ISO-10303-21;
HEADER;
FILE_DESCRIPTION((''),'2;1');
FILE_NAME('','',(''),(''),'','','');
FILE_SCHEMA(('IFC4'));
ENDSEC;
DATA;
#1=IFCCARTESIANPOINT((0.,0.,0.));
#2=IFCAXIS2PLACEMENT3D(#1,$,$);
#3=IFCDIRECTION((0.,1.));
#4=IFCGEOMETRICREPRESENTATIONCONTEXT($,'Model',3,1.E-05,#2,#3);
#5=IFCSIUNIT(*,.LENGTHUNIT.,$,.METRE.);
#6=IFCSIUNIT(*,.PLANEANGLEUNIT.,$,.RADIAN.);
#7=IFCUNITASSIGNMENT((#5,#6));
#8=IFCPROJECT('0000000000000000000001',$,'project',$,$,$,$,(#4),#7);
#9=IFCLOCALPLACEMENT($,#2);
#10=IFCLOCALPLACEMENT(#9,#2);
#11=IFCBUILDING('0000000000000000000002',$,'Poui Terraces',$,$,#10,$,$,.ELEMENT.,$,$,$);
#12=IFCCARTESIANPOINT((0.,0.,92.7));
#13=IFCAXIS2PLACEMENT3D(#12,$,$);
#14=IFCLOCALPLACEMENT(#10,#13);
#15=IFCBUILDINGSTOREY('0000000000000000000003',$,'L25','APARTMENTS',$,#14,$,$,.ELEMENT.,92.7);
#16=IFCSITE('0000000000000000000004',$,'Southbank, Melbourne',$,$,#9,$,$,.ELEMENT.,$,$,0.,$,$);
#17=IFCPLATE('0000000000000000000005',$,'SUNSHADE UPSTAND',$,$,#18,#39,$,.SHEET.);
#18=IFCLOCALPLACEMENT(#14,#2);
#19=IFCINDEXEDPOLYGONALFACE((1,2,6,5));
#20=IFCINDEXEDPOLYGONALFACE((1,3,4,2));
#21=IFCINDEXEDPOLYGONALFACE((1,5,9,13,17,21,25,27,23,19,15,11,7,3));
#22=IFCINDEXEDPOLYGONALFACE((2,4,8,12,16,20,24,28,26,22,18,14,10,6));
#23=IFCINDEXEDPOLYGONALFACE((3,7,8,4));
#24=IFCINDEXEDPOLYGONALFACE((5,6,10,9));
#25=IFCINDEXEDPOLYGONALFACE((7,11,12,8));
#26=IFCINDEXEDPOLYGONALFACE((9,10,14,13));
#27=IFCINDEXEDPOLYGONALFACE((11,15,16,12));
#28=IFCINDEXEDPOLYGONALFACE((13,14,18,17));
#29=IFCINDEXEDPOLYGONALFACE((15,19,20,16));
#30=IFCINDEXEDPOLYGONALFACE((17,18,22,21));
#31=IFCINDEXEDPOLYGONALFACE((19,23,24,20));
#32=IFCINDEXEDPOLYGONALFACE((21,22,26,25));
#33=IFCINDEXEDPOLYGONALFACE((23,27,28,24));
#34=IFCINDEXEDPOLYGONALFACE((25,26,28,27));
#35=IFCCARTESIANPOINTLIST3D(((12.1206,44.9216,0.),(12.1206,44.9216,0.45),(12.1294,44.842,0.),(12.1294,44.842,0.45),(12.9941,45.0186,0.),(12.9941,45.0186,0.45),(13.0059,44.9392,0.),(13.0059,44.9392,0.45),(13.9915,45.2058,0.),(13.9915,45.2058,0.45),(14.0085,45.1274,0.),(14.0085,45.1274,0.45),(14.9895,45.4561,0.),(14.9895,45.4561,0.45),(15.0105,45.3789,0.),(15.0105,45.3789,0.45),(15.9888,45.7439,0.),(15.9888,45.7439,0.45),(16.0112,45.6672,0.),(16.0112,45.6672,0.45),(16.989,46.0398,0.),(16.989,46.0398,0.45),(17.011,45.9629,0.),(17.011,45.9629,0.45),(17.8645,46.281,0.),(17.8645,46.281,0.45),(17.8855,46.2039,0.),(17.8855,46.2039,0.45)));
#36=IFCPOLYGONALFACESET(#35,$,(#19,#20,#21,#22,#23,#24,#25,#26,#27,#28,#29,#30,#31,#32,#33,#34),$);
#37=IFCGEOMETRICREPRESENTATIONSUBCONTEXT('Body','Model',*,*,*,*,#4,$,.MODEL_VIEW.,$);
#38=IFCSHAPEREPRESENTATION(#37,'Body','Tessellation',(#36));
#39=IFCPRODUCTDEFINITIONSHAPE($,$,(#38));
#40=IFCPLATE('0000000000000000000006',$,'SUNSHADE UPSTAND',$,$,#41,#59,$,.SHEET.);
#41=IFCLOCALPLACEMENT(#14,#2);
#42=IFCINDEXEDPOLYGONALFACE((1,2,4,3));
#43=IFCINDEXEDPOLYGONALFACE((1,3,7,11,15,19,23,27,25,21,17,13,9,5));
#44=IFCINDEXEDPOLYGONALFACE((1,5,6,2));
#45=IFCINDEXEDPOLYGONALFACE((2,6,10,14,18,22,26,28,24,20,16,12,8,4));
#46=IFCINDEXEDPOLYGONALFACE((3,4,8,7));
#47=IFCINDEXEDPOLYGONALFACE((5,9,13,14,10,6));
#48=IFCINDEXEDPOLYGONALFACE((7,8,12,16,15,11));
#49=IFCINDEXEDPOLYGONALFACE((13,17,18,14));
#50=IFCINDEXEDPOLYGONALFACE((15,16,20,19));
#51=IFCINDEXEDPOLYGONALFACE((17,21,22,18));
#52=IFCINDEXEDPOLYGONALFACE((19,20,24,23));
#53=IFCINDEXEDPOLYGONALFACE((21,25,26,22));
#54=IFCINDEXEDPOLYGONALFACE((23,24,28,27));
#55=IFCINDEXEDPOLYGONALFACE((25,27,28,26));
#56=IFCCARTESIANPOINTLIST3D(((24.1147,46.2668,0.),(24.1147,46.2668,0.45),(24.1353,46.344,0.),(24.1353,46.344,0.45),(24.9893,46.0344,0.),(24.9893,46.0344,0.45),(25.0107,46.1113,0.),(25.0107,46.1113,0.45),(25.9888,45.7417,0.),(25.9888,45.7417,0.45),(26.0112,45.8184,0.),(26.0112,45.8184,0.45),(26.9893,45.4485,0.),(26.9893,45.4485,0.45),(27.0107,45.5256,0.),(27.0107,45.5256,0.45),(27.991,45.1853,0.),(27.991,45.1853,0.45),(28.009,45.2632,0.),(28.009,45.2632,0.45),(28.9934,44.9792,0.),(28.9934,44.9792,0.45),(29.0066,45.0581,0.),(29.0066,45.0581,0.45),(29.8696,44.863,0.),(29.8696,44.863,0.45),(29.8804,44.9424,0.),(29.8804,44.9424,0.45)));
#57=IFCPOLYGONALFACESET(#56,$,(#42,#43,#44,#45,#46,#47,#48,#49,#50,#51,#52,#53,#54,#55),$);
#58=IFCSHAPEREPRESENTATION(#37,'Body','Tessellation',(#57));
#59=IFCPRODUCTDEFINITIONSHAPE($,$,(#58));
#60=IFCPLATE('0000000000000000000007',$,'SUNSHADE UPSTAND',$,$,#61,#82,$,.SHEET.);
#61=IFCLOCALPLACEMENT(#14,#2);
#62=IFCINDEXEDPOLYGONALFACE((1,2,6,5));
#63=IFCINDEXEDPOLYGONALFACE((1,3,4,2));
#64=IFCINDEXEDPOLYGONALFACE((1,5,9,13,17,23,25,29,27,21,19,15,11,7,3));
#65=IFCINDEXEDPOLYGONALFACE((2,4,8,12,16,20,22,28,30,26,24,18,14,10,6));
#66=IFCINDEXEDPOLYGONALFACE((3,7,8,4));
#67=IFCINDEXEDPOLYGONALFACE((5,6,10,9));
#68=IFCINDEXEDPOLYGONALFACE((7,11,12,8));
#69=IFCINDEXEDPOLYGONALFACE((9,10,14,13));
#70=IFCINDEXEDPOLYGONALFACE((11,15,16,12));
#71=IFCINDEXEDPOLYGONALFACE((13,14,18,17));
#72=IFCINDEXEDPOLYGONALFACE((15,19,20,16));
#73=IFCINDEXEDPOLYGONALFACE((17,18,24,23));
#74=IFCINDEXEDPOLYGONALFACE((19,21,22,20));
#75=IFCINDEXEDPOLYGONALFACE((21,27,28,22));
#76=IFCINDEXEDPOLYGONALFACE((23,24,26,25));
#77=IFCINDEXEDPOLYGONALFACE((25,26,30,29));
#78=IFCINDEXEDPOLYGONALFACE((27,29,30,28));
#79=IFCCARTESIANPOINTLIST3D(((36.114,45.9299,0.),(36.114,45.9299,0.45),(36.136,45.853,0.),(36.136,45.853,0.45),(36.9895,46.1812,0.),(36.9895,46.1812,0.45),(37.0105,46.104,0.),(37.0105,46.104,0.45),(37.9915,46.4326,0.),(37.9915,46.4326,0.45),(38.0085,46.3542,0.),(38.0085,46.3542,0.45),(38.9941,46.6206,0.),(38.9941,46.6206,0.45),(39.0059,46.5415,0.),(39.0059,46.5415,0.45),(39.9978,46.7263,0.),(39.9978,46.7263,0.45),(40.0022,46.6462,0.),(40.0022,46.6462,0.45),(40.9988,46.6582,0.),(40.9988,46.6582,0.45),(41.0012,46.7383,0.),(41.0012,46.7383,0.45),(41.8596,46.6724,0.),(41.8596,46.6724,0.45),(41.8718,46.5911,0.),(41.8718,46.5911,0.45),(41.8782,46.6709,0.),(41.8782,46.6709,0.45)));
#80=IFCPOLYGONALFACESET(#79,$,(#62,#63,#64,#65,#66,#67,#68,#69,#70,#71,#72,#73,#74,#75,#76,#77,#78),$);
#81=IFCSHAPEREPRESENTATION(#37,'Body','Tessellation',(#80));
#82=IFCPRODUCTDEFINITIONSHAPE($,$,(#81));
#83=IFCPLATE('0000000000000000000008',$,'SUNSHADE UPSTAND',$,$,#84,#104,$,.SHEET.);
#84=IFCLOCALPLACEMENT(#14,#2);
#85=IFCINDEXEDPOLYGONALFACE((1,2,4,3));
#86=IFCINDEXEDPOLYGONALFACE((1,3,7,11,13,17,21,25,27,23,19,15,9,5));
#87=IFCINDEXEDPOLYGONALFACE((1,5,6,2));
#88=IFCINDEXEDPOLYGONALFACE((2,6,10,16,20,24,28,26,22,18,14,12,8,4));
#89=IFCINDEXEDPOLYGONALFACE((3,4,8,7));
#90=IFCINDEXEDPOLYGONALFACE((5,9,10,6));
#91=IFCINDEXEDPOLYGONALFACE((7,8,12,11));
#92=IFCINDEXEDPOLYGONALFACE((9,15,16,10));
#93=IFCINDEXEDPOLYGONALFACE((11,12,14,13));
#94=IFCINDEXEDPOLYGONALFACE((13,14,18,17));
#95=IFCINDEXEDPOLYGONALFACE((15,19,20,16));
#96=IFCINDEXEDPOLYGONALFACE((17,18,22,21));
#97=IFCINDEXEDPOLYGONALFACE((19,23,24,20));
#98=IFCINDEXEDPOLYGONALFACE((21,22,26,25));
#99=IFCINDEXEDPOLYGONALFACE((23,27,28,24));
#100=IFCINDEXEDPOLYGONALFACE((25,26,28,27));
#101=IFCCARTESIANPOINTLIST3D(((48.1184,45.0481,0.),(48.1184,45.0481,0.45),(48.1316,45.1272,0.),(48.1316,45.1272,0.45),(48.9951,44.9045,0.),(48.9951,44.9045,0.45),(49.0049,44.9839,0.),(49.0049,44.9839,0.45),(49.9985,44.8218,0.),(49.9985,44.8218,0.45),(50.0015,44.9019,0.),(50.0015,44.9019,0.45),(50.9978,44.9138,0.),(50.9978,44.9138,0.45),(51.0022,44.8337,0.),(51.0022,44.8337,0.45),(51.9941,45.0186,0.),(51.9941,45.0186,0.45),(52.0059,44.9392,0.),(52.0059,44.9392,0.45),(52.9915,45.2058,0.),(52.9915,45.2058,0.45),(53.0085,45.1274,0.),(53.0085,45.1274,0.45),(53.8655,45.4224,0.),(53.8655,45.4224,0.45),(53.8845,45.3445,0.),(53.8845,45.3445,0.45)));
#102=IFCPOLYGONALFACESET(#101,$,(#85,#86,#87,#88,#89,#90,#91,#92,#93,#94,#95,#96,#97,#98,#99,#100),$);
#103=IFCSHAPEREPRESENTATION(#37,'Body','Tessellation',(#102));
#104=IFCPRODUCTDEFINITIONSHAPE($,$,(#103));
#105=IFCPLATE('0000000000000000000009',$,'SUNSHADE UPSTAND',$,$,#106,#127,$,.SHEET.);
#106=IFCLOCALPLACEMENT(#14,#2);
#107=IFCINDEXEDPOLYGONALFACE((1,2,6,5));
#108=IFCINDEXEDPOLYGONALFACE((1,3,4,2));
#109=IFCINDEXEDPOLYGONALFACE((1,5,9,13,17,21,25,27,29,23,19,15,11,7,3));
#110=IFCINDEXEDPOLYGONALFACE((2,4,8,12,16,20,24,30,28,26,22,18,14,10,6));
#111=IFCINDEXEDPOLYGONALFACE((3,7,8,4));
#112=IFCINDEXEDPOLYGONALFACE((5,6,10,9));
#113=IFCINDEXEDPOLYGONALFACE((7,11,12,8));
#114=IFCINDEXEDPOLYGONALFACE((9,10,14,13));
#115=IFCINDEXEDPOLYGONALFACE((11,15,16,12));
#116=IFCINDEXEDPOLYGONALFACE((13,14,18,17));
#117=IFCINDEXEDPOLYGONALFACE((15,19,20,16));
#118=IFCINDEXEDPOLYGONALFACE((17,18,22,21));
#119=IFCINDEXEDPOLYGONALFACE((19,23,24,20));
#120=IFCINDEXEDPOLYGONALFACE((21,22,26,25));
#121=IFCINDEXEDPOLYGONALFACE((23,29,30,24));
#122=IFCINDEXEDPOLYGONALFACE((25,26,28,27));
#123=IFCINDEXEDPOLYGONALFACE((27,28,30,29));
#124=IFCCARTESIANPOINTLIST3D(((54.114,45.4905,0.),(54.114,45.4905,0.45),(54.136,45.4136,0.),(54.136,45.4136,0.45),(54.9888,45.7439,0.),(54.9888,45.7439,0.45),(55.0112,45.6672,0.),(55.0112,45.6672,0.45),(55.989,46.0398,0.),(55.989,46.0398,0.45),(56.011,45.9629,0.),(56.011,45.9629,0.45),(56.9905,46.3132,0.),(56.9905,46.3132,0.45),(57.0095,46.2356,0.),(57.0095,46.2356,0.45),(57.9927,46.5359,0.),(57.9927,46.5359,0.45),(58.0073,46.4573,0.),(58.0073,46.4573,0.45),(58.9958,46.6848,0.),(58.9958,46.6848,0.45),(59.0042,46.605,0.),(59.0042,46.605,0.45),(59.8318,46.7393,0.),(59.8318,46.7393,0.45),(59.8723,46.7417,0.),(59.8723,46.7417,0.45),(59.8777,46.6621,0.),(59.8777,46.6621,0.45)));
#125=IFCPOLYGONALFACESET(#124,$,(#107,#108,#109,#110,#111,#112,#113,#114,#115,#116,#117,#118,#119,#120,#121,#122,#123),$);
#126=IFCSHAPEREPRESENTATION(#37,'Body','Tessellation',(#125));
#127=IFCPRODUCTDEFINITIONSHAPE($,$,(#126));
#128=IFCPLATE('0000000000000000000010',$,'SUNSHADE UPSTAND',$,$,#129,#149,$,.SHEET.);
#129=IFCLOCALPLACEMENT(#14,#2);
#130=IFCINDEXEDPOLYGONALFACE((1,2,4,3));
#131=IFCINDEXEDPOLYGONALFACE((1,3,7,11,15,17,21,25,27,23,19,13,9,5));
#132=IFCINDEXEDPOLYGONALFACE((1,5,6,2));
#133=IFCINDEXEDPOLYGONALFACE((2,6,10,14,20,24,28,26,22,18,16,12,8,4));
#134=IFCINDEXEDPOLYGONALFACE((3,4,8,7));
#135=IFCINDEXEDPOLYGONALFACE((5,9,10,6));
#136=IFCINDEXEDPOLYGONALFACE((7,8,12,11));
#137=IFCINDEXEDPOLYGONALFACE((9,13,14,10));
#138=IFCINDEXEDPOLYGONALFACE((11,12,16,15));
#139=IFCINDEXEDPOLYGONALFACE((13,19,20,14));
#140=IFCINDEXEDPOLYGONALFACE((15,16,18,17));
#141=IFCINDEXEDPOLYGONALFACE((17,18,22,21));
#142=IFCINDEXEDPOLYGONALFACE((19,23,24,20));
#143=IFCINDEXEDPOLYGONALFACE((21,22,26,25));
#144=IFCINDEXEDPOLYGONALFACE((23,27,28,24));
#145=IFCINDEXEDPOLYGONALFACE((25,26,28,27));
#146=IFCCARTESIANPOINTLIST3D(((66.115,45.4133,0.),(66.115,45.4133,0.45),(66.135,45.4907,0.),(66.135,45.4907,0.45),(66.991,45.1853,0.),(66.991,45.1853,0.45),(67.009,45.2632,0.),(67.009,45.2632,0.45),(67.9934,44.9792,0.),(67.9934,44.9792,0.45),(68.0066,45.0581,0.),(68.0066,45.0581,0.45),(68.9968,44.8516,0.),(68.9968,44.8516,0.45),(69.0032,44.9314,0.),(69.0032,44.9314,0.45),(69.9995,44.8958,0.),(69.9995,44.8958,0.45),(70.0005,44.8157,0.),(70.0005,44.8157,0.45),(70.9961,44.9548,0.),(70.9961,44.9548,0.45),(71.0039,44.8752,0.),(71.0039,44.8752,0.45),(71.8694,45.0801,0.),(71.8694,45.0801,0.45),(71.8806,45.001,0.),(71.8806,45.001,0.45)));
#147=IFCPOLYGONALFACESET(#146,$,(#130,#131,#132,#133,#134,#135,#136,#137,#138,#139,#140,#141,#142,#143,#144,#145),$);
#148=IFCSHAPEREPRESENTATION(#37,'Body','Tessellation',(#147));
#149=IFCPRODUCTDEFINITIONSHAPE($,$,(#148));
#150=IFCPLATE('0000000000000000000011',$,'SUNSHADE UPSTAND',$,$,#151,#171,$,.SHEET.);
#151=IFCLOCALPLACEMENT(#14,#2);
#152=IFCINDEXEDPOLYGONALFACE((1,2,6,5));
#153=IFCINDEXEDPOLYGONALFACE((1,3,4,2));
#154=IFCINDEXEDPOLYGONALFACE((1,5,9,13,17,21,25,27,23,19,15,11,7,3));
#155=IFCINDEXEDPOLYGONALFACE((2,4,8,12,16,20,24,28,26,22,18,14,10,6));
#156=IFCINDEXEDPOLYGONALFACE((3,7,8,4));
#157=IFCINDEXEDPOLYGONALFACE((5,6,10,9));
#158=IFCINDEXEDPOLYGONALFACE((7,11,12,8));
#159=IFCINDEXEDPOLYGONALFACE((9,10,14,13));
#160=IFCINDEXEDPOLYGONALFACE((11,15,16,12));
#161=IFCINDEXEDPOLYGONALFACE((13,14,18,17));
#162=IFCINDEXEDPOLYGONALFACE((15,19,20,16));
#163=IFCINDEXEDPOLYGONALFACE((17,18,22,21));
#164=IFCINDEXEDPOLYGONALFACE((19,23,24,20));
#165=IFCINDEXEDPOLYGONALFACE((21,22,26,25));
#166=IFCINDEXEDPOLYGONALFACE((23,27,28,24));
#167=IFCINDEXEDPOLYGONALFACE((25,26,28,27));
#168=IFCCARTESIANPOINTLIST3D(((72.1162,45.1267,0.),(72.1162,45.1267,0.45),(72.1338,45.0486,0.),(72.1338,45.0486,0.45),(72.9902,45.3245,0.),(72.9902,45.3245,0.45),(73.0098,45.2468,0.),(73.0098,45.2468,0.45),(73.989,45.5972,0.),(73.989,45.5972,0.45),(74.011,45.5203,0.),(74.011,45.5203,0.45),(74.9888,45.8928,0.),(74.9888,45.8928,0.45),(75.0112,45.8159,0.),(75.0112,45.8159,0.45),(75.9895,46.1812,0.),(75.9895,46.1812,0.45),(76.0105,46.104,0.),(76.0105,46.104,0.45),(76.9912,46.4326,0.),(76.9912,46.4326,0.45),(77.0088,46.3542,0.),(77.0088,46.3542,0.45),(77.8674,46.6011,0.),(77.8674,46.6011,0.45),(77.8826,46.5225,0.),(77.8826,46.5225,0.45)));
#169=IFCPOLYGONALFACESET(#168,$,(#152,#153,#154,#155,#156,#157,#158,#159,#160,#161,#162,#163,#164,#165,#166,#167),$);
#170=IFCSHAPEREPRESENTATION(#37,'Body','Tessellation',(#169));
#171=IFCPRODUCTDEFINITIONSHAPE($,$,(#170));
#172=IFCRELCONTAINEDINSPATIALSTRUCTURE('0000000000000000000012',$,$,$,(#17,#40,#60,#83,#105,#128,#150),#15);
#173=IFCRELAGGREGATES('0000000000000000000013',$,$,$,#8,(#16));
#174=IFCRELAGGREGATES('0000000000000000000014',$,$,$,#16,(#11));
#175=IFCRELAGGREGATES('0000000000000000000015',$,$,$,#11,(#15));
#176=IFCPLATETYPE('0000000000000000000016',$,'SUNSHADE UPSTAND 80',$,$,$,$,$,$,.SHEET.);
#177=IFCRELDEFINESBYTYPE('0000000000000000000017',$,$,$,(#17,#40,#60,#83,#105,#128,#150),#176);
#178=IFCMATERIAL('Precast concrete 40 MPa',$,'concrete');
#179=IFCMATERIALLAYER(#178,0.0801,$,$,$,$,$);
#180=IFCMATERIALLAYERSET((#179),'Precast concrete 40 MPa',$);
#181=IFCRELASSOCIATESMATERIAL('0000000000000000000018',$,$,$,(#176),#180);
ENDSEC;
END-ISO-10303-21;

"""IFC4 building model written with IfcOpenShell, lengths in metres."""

from ifc_helpers import new_model, si_unit, direction, frame, origin, place, context, subcontext, project, spatial, polyline, outline, extrude, material, layer, layer_set, type_object, element, save


model = new_model("IFC4")

# Units and contexts
model_context = context("Model", 3, precision=1e-05, world=origin(), true_north=direction((0.0, 1.0)))
body_context = subcontext(model_context, "Body", "Model", "MODEL_VIEW")
ifc_project = project(units=[si_unit("LENGTHUNIT", "METRE"), si_unit("PLANEANGLEUNIT", "RADIAN")], contexts=[model_context])

# Site, building, storey
site_placement = place(None, origin())
site = spatial("IfcSite", under=ifc_project, at=site_placement, Name="Southbank, Melbourne", CompositionType="ELEMENT", RefElevation=0.0)
building_placement = place(site_placement, origin())
building = spatial("IfcBuilding", under=site, at=building_placement, Name="Poui Terraces", CompositionType="ELEMENT")
storey_placement = place(building_placement, frame((0.0, 0.0, 92.7)))
storey = spatial("IfcBuildingStorey", under=building, at=storey_placement, Name="L25", Description="APARTMENTS", CompositionType="ELEMENT", Elevation=92.7)

# Shared definitions
ifc_material_1 = material(Name="Precast concrete 40 MPa", Category="concrete")

# Plates
ifc_layer_1 = layer(ifc_material_1, 0.0801)
ifc_layer_set_1 = layer_set([ifc_layer_1], Name="Precast concrete 40 MPa")
plate_type = type_object("IfcPlateType", Name="SUNSHADE UPSTAND 80", PredefinedType="SHEET", material=ifc_layer_set_1)
plate_1_placement = place(storey_placement, origin())
element("IfcPlate", 1, at=plate_1_placement, inside=storey, type_object=plate_type, Name="SUNSHADE UPSTAND", PredefinedType="SHEET", context=body_context, shape_type="SweptSolid", body=[
    extrude(outline(polyline([(12.9941, 45.0186), (12.1206, 44.9216), (12.1294, 44.842), (13.0059, 44.9392), (14.0085, 45.1274), (15.0105, 45.3789), (16.0112, 45.6672), (17.011, 45.9629), (17.8855, 46.2039), (17.8645, 46.281), (16.989, 46.0398), (15.9888, 45.7439), (14.9895, 45.4561), (13.9915, 45.2058), (12.9941, 45.0186)])), origin(), (0.0, 0.0, 1.0), 0.45),
])
plate_2_placement = place(storey_placement, origin())
element("IfcPlate", 2, at=plate_2_placement, inside=storey, type_object=plate_type, Name="SUNSHADE UPSTAND", PredefinedType="SHEET", context=body_context, shape_type="SweptSolid", body=[
    extrude(outline(polyline([(25.0107, 46.1113), (24.1353, 46.344), (24.1147, 46.2668), (24.9893, 46.0344), (25.9888, 45.7417), (26.9893, 45.4485), (27.991, 45.1853), (28.9934, 44.9792), (29.8696, 44.863), (29.8804, 44.9424), (29.0066, 45.0581), (28.009, 45.2632), (27.0107, 45.5256), (26.0112, 45.8184), (25.0107, 46.1113)])), origin(), (0.0, 0.0, 1.0), 0.45),
])
plate_3_placement = place(storey_placement, origin())
element("IfcPlate", 3, at=plate_3_placement, inside=storey, type_object=plate_type, Name="SUNSHADE UPSTAND", PredefinedType="SHEET", context=body_context, shape_type="SweptSolid", body=[
    extrude(outline(polyline([(36.9895, 46.1812), (36.114, 45.9299), (36.136, 45.853), (37.0105, 46.104), (38.0085, 46.3542), (39.0059, 46.5415), (40.0022, 46.6462), (40.9988, 46.6582), (41.8718, 46.5911), (41.8782, 46.6709), (41.8596, 46.6724), (41.0012, 46.7383), (39.9978, 46.7263), (38.9941, 46.6206), (37.9915, 46.4326), (36.9895, 46.1812)])), origin(), (0.0, 0.0, 1.0), 0.45),
])
plate_4_placement = place(storey_placement, origin())
element("IfcPlate", 4, at=plate_4_placement, inside=storey, type_object=plate_type, Name="SUNSHADE UPSTAND", PredefinedType="SHEET", context=body_context, shape_type="SweptSolid", body=[
    extrude(outline(polyline([(49.0049, 44.9839), (48.1316, 45.1272), (48.1184, 45.0481), (48.9951, 44.9045), (49.9985, 44.8218), (51.0022, 44.8337), (52.0059, 44.9392), (53.0085, 45.1274), (53.8845, 45.3445), (53.8655, 45.4224), (52.9915, 45.2058), (51.9941, 45.0186), (50.9978, 44.9138), (50.0015, 44.9019), (49.0049, 44.9839)])), origin(), (0.0, 0.0, 1.0), 0.45),
])
plate_5_placement = place(storey_placement, origin())
element("IfcPlate", 5, at=plate_5_placement, inside=storey, type_object=plate_type, Name="SUNSHADE UPSTAND", PredefinedType="SHEET", context=body_context, shape_type="SweptSolid", body=[
    extrude(outline(polyline([(54.9888, 45.7439), (54.114, 45.4905), (54.136, 45.4136), (55.0112, 45.6672), (56.011, 45.9629), (57.0095, 46.2356), (58.0073, 46.4573), (59.0042, 46.605), (59.8777, 46.6621), (59.8723, 46.7417), (59.8318, 46.7393), (58.9958, 46.6848), (57.9927, 46.5359), (56.9905, 46.3132), (55.989, 46.0398), (54.9888, 45.7439)])), origin(), (0.0, 0.0, 1.0), 0.45),
])
plate_6_placement = place(storey_placement, origin())
element("IfcPlate", 6, at=plate_6_placement, inside=storey, type_object=plate_type, Name="SUNSHADE UPSTAND", PredefinedType="SHEET", context=body_context, shape_type="SweptSolid", body=[
    extrude(outline(polyline([(67.009, 45.2632), (66.135, 45.4907), (66.115, 45.4133), (66.991, 45.1853), (67.9934, 44.9792), (68.9968, 44.8516), (70.0005, 44.8157), (71.0039, 44.8752), (71.8806, 45.001), (71.8694, 45.0801), (70.9961, 44.9548), (69.9995, 44.8958), (69.0032, 44.9314), (68.0066, 45.0581), (67.009, 45.2632)])), origin(), (0.0, 0.0, 1.0), 0.45),
])
plate_7_placement = place(storey_placement, origin())
element("IfcPlate", 7, at=plate_7_placement, inside=storey, type_object=plate_type, Name="SUNSHADE UPSTAND", PredefinedType="SHEET", context=body_context, shape_type="SweptSolid", body=[
    extrude(outline(polyline([(72.9902, 45.3245), (72.1162, 45.1267), (72.1338, 45.0486), (73.0098, 45.2468), (74.011, 45.5203), (75.0112, 45.8159), (76.0105, 46.104), (77.0088, 46.3542), (77.8826, 46.5225), (77.8674, 46.6011), (76.9912, 46.4326), (75.9895, 46.1812), (74.9888, 45.8928), (73.989, 45.5972), (72.9902, 45.3245)])), origin(), (0.0, 0.0, 1.0), 0.45),
])

save(model, "model.ifc")
